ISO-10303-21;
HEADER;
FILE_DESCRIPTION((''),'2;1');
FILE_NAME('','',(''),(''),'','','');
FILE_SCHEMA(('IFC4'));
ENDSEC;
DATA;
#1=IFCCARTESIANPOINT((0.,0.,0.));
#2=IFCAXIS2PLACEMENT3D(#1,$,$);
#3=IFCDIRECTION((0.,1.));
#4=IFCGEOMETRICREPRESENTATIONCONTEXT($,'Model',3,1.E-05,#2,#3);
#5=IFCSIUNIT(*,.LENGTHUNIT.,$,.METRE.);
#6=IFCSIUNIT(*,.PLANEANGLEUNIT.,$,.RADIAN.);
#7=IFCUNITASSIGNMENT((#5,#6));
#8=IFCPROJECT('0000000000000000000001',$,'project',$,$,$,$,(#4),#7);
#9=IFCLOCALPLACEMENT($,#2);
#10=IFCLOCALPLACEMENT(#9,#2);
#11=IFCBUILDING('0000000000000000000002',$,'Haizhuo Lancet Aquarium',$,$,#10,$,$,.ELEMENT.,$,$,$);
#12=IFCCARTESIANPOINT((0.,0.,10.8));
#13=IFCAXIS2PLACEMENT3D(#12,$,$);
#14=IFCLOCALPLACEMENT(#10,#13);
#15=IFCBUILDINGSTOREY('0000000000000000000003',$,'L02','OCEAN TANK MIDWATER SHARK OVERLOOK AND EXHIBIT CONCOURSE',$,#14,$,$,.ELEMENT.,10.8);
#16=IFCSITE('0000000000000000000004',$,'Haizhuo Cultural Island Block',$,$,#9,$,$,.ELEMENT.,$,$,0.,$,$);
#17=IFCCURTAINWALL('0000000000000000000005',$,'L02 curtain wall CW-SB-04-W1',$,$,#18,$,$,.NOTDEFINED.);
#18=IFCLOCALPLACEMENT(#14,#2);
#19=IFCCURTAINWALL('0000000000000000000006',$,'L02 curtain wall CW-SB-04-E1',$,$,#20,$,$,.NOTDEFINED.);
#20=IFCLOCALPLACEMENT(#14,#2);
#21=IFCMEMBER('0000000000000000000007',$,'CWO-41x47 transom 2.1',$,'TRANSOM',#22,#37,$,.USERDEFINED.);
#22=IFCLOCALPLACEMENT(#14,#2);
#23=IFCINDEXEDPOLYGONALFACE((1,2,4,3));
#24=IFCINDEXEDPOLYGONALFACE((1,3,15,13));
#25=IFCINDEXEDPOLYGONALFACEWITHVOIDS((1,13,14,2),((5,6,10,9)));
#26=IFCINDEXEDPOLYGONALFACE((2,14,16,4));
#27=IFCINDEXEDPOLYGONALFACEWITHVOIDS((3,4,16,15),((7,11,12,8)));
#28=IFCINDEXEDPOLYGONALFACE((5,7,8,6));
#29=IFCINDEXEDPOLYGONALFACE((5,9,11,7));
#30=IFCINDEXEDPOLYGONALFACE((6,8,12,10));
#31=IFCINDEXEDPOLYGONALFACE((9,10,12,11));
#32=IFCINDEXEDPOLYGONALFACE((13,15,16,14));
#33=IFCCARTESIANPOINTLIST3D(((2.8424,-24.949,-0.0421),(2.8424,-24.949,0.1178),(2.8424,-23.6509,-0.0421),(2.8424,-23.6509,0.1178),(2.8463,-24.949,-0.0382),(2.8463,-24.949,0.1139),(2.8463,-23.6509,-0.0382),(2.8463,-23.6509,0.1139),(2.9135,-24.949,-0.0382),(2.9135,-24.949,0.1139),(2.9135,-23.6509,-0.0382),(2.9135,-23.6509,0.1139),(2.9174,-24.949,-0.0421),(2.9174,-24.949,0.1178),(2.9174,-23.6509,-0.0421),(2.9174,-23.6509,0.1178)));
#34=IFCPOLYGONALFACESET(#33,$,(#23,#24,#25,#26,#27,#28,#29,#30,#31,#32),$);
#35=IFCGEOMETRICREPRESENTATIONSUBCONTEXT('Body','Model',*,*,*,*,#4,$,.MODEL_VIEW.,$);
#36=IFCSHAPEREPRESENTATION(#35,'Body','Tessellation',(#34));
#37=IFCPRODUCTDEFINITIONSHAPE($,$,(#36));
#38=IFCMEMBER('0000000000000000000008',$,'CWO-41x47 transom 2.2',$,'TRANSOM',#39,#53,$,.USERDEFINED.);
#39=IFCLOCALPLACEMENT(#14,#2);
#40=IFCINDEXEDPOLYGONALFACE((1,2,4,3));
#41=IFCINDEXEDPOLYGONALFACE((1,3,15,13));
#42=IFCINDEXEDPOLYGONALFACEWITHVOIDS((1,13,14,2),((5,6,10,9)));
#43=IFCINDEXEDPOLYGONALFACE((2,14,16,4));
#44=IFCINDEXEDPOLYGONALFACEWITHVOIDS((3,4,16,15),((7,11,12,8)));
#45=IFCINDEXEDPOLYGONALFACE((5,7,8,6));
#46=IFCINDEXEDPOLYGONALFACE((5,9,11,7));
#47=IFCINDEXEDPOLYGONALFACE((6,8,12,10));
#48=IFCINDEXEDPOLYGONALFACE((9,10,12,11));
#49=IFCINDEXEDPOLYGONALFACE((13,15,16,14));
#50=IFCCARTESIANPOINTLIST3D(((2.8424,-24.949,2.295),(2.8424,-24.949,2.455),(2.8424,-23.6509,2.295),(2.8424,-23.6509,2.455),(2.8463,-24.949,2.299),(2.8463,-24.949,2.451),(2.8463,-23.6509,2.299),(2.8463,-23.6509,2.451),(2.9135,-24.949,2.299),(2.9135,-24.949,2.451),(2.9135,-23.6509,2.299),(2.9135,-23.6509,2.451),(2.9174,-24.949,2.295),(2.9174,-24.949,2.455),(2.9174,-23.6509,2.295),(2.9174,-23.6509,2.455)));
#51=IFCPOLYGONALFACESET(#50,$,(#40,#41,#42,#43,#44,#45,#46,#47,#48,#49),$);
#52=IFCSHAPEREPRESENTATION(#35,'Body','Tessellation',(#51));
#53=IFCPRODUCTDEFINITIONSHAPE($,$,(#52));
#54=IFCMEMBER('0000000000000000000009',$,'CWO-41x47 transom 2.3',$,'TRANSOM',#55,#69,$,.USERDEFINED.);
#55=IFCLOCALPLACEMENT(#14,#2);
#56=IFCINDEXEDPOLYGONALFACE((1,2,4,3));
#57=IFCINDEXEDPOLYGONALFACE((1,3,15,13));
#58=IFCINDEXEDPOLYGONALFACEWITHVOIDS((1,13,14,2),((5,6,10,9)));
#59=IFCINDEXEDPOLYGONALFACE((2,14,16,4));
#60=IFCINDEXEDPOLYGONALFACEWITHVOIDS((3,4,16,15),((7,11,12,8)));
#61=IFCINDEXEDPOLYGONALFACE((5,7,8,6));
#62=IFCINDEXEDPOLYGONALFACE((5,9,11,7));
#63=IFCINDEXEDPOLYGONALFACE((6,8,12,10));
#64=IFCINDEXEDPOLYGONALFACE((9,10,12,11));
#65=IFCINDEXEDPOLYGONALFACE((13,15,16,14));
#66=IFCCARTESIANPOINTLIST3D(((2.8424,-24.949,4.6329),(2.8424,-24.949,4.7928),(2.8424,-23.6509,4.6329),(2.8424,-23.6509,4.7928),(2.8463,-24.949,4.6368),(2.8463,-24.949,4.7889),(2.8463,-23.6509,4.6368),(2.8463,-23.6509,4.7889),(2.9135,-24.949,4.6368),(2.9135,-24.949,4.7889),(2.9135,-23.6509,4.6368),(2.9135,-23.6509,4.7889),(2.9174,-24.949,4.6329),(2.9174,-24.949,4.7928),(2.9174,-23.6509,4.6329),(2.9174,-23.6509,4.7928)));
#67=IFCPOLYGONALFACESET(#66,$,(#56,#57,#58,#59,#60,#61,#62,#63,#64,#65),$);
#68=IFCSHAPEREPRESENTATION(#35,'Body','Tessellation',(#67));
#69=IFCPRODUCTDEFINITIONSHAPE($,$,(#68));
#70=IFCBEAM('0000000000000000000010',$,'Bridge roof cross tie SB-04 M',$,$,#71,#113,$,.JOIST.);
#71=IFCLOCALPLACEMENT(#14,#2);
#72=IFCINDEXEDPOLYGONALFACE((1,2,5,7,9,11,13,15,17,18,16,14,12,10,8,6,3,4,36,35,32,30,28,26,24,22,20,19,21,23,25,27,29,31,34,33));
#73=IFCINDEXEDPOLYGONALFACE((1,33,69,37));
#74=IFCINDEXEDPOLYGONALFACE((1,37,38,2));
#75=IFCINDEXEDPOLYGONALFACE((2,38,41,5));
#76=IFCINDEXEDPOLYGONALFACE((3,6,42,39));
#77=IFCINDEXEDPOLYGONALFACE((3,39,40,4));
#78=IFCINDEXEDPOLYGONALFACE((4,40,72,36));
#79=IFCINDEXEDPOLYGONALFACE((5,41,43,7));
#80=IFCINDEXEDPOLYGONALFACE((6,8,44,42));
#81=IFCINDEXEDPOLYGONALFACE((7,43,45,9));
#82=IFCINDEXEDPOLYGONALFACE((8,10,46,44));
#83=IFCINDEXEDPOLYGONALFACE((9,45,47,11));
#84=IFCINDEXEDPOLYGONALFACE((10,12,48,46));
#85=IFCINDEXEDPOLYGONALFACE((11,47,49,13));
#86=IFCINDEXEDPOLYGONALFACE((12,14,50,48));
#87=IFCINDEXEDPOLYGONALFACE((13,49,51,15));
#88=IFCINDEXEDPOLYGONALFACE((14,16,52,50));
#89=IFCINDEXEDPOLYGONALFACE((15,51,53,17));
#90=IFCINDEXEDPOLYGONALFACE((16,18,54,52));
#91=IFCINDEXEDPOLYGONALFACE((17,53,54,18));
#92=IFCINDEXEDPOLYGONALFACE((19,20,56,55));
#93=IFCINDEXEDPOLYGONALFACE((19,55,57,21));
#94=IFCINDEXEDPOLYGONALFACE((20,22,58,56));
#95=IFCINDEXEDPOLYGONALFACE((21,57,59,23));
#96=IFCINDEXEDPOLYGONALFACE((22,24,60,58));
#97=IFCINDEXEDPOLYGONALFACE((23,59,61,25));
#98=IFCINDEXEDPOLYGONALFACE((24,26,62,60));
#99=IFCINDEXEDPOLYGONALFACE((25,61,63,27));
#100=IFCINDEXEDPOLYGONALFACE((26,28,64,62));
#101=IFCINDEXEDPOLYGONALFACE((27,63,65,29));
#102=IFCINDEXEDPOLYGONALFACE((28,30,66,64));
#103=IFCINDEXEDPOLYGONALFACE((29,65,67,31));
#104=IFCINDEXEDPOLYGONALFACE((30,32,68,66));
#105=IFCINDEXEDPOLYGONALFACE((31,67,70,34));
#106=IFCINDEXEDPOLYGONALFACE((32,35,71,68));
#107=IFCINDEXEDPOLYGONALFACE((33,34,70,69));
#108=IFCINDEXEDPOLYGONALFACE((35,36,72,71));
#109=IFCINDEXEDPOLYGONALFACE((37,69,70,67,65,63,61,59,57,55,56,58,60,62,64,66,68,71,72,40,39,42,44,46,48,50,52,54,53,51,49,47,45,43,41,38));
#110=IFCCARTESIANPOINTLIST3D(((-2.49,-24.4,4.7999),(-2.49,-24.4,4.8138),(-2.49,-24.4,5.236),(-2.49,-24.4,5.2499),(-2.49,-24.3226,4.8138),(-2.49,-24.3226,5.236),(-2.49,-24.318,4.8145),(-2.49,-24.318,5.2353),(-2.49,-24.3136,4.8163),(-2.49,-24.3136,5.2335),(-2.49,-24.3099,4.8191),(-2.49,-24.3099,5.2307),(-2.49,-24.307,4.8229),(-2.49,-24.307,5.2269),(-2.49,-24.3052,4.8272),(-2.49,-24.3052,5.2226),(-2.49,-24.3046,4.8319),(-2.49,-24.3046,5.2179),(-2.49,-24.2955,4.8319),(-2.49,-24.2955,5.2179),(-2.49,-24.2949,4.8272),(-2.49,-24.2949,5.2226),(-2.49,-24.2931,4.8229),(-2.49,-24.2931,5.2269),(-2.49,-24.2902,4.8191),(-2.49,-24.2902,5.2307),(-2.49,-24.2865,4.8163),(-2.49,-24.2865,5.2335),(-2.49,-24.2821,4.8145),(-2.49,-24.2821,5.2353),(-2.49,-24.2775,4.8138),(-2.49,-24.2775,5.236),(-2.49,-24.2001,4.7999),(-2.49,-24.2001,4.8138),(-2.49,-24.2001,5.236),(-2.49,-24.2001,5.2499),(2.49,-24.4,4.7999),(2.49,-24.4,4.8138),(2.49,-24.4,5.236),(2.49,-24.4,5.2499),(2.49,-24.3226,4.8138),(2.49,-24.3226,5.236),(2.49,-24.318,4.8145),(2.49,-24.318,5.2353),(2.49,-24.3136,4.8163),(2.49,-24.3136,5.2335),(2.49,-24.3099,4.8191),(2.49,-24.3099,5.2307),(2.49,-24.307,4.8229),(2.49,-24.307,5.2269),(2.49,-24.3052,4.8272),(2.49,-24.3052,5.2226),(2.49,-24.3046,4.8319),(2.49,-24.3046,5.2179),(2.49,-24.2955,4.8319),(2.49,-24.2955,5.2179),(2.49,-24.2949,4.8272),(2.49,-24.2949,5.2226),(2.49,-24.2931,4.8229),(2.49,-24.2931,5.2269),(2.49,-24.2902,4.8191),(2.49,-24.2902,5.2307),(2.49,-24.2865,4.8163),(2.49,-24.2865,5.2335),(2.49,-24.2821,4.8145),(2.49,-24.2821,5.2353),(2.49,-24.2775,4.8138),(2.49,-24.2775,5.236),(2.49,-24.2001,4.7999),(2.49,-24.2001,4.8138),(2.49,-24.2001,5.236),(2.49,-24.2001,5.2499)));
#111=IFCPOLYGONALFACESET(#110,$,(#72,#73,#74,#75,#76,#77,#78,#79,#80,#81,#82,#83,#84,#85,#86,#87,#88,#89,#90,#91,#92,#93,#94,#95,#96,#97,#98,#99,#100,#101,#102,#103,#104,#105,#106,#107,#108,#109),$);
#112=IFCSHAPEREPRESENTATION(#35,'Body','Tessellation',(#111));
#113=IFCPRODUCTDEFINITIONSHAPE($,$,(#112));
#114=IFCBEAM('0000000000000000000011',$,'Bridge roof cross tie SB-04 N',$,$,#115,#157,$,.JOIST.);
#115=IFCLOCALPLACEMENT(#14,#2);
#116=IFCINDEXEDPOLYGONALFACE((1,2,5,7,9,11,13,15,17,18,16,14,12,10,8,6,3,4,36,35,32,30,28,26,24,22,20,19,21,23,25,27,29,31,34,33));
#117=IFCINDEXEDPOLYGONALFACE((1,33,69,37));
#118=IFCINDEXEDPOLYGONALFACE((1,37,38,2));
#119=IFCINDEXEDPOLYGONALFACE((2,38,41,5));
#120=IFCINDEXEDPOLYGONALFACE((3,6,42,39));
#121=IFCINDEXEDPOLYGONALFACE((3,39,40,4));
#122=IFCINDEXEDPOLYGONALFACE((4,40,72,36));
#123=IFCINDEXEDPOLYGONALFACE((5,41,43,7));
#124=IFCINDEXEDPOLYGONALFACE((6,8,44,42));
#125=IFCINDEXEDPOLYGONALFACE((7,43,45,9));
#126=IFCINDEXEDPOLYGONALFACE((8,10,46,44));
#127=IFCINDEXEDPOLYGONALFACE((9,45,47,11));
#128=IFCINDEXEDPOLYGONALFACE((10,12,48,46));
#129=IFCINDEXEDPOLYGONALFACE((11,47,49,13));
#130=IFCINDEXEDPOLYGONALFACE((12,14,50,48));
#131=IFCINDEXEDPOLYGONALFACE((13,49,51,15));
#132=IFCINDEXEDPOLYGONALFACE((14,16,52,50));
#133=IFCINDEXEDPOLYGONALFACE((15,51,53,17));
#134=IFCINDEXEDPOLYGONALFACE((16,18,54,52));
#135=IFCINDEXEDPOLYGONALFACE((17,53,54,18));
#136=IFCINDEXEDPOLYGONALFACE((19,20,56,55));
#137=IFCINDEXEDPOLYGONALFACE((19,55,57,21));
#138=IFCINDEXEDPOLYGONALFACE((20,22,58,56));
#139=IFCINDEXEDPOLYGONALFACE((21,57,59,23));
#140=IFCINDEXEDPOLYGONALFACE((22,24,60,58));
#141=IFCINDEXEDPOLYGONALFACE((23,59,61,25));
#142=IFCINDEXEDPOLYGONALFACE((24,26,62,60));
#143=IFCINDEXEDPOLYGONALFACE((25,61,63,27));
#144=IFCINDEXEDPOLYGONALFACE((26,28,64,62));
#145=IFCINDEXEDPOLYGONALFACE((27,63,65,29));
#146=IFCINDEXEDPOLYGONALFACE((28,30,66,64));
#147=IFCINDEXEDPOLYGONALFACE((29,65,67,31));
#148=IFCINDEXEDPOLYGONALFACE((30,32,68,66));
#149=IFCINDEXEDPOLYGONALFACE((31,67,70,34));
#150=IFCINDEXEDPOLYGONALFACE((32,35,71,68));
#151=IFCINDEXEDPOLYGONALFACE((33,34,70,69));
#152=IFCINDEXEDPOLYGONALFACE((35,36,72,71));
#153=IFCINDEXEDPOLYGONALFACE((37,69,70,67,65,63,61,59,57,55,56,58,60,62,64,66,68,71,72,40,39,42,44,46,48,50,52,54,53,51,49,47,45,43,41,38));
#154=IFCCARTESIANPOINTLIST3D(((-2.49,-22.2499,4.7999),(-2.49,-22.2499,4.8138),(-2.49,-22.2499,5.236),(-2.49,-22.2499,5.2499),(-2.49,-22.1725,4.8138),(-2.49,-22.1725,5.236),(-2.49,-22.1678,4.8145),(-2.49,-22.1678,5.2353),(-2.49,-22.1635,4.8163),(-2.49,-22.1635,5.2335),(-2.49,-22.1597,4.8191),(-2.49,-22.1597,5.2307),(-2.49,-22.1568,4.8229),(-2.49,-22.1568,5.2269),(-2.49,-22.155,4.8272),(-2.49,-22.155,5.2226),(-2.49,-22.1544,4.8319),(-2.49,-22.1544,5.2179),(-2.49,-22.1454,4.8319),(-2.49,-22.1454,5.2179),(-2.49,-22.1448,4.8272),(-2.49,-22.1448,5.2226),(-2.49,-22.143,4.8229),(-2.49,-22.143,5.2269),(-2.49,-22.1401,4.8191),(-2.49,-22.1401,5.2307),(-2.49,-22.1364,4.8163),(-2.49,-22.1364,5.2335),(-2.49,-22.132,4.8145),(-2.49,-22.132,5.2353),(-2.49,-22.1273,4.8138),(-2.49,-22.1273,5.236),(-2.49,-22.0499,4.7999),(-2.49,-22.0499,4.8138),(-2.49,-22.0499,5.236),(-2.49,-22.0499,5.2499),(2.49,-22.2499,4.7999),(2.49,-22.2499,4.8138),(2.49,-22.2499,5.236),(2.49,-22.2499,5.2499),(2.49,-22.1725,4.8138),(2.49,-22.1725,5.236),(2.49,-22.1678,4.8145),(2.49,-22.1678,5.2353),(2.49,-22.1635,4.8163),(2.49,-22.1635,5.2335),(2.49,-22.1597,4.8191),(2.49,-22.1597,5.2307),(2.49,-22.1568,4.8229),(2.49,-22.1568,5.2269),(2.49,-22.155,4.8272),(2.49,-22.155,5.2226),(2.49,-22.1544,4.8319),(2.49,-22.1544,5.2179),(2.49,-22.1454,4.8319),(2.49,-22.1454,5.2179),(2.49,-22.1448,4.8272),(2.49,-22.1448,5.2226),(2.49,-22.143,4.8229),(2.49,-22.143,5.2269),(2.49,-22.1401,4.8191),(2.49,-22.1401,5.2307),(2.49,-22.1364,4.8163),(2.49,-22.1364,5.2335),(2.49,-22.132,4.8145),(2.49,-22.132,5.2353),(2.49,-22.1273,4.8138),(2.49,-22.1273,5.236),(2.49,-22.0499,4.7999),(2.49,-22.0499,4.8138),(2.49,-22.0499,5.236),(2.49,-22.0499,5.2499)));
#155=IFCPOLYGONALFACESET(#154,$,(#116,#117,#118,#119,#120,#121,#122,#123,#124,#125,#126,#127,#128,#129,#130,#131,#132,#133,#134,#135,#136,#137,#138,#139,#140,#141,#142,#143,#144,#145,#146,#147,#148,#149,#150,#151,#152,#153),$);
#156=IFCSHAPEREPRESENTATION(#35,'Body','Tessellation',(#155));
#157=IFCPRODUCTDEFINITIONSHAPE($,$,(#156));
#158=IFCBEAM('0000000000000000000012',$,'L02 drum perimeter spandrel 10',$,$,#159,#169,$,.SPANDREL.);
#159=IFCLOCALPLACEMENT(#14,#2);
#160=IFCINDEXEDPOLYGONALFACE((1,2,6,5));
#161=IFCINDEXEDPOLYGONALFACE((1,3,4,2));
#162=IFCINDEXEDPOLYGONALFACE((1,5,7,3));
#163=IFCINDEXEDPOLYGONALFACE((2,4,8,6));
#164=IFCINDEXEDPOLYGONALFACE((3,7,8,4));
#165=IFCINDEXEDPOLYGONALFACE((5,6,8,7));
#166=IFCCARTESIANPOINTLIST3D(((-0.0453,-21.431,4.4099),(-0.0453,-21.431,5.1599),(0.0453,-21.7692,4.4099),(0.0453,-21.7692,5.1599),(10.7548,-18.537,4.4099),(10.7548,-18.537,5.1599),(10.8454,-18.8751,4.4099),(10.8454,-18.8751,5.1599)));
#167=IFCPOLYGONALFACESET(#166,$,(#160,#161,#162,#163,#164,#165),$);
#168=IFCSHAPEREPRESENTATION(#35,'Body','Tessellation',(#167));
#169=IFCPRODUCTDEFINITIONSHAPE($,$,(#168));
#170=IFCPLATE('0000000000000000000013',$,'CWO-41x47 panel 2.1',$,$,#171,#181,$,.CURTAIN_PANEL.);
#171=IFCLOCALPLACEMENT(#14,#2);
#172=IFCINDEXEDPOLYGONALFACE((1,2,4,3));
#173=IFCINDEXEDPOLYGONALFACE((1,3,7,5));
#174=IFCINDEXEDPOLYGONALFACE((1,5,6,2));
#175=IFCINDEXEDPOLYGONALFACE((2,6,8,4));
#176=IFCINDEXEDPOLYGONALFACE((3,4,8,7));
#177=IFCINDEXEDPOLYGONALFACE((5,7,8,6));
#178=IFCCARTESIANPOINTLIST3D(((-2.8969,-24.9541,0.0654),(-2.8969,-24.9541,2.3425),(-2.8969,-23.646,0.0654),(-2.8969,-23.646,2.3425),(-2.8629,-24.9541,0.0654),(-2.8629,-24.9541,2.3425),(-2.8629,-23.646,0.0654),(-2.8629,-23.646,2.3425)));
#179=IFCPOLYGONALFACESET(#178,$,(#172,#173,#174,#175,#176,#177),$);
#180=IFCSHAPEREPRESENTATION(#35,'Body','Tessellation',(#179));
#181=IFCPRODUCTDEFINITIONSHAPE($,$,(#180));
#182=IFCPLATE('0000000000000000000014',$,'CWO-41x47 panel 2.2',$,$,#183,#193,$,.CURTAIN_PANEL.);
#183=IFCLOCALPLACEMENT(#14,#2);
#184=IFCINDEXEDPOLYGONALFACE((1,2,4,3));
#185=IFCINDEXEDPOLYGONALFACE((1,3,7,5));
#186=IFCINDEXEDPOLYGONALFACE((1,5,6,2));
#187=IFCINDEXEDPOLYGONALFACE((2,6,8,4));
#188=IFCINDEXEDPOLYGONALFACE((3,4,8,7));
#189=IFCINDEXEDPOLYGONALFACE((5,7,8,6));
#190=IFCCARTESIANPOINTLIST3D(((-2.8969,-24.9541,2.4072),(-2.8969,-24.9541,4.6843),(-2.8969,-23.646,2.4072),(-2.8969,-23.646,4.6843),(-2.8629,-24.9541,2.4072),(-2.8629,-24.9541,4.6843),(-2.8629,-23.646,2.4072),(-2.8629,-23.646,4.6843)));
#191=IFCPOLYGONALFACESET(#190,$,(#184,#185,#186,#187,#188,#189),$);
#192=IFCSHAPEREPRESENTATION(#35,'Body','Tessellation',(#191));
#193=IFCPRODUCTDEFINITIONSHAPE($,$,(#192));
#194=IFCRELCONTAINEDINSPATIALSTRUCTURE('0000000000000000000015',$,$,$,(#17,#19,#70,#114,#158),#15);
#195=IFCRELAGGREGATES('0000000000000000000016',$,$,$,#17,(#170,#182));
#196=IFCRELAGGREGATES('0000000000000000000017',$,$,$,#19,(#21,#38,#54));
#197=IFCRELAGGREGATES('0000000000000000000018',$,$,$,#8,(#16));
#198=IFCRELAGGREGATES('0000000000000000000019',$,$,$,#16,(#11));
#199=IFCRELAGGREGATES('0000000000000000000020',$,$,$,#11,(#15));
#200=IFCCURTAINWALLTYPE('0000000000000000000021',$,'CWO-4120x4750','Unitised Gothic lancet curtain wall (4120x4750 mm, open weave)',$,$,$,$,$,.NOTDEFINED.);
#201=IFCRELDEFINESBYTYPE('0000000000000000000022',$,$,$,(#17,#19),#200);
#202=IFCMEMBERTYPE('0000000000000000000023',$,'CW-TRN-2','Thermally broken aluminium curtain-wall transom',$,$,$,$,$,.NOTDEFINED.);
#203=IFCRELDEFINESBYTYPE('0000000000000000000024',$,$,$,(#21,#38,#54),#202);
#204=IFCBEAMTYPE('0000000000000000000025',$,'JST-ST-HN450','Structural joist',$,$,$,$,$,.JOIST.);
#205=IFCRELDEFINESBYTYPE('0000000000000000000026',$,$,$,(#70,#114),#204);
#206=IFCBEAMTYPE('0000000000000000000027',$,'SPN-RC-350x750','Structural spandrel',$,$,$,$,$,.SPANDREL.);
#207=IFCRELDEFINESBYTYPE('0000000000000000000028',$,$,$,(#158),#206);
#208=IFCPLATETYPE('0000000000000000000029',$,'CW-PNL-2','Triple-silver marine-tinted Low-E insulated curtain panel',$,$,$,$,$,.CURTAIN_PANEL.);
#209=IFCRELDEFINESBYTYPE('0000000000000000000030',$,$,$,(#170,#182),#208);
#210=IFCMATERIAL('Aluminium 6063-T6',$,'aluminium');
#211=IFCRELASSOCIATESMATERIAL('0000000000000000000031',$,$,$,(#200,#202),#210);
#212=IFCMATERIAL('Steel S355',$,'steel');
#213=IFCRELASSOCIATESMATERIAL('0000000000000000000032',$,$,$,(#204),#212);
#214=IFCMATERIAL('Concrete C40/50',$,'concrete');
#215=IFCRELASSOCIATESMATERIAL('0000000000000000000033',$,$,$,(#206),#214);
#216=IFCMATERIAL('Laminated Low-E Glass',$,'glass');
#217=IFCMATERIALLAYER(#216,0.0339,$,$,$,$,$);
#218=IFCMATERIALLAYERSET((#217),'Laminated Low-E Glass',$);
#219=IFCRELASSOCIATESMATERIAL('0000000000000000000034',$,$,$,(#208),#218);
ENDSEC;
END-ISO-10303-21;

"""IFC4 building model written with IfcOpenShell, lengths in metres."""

from ifc_helpers import new_model, si_unit, direction, frame, origin, origin_2d, place, context, subcontext, project, spatial, rectangle, hollow_rectangle, i_section, extrude, material, layer, layer_set, material_profile, profile_set, type_object, element, aggregate, save


model = new_model("IFC4")

# Units and contexts
model_context = context("Model", 3, precision=1e-05, world=origin(), true_north=direction((0.0, 1.0)))
body_context = subcontext(model_context, "Body", "Model", "MODEL_VIEW")
ifc_project = project(units=[si_unit("LENGTHUNIT", "METRE"), si_unit("PLANEANGLEUNIT", "RADIAN")], contexts=[model_context])

# Site, building, storey
site_placement = place(None, origin())
site = spatial("IfcSite", under=ifc_project, at=site_placement, Name="Haizhuo Cultural Island Block", CompositionType="ELEMENT", RefElevation=0.0)
building_placement = place(site_placement, origin())
building = spatial("IfcBuilding", under=site, at=building_placement, Name="Haizhuo Lancet Aquarium", CompositionType="ELEMENT")
storey_placement = place(building_placement, frame((0.0, 0.0, 10.8)))
storey = spatial("IfcBuildingStorey", under=building, at=storey_placement, Name="L02", Description="OCEAN TANK MIDWATER SHARK OVERLOOK AND EXHIBIT CONCOURSE", CompositionType="ELEMENT", Elevation=10.8)

# Curtain walls, members
ifc_material_1 = material(Name="Aluminium 6063-T6", Category="aluminium")
curtain_wall_type = type_object("IfcCurtainWallType", Name="CWO-4120x4750", Description="Unitised Gothic lancet curtain wall (4120x4750 mm, open weave)", PredefinedType="NOTDEFINED", material=ifc_material_1)
curtain_wall_1_placement = place(storey_placement, origin())
curtain_wall_1 = element("IfcCurtainWall", 1, at=curtain_wall_1_placement, inside=storey, type_object=curtain_wall_type, Name="L02 curtain wall CW-SB-04-W1", PredefinedType="NOTDEFINED")
curtain_wall_2_placement = place(storey_placement, origin())
curtain_wall_2 = element("IfcCurtainWall", 2, at=curtain_wall_2_placement, inside=storey, type_object=curtain_wall_type, Name="L02 curtain wall CW-SB-04-E1", PredefinedType="NOTDEFINED")
ifc_material_profile_1 = material_profile(ifc_material_1, hollow_rectangle(XDim=0.075, YDim=0.1599, WallThickness=0.0039, at=origin_2d()), Name="ALU-T 75x160x4")
ifc_profile_set_1 = profile_set([ifc_material_profile_1], Name="Aluminium 6063-T6")
member_type_1 = type_object("IfcMemberType", Name="CW-TRN-2", Description="Thermally broken aluminium curtain-wall transom", PredefinedType="NOTDEFINED", material=ifc_profile_set_1)
member_1_placement = place(storey_placement, frame((2.8799, -23.6509, 0.0378), z_axis=(0.0, -1.0, 0.0), x_axis=(1.0, 0.0, 0.0)))
member_1 = element("IfcMember", 3, at=member_1_placement, type_object=member_type_1, Name="CWO-41x47 transom 2.1", ObjectType="TRANSOM", PredefinedType="USERDEFINED", context=body_context, shape_type="SweptSolid", body=[
    extrude(hollow_rectangle(XDim=0.075, YDim=0.1599, WallThickness=0.0039, at=origin_2d()), origin(), (0.0, 0.0, 1.0), 1.2981),
])
member_2_placement = place(storey_placement, frame((2.8799, -23.6509, 2.375), z_axis=(0.0, -1.0, 0.0), x_axis=(1.0, 0.0, 0.0)))
member_2 = element("IfcMember", 4, at=member_2_placement, type_object=member_type_1, Name="CWO-41x47 transom 2.2", ObjectType="TRANSOM", PredefinedType="USERDEFINED", context=body_context, shape_type="SweptSolid", body=[
    extrude(hollow_rectangle(XDim=0.075, YDim=0.1599, WallThickness=0.0039, at=origin_2d()), origin(), (0.0, 0.0, 1.0), 1.2981),
])
member_3_placement = place(storey_placement, frame((2.8799, -23.6509, 4.7129), z_axis=(0.0, -1.0, 0.0), x_axis=(1.0, 0.0, 0.0)))
member_3 = element("IfcMember", 5, at=member_3_placement, type_object=member_type_1, Name="CWO-41x47 transom 2.3", ObjectType="TRANSOM", PredefinedType="USERDEFINED", context=body_context, shape_type="SweptSolid", body=[
    extrude(hollow_rectangle(XDim=0.075, YDim=0.1599, WallThickness=0.0039, at=origin_2d()), origin(), (0.0, 0.0, 1.0), 1.2981),
])

# Beams
ifc_material_2 = material(Name="Steel S355", Category="steel")
ifc_material_profile_2 = material_profile(ifc_material_2, i_section(OverallWidth=0.2, OverallDepth=0.45, WebThickness=0.009, FlangeThickness=0.0139, FilletRadius=0.0181, at=origin_2d()), Name="HN 450x200x9x14")
ifc_profile_set_2 = profile_set([ifc_material_profile_2], Name="Steel S355")
beam_type_1 = type_object("IfcBeamType", Name="JST-ST-HN450", Description="Structural joist", PredefinedType="JOIST", material=ifc_profile_set_2)
for number, where, z_axis, x_axis, name in (
    (6, (-2.49, -24.3, 5.0249), (1.0, 0.0, 0.0), (0.0, 1.0, 0.0), "Bridge roof cross tie SB-04 M"),
    (7, (-2.49, -22.1499, 5.0249), (1.0, 0.0, 0.0), (0.0, 1.0, 0.0), "Bridge roof cross tie SB-04 N"),
):
    element("IfcBeam", number, at=place(storey_placement, frame(where, z_axis=z_axis, x_axis=x_axis)), inside=storey, type_object=beam_type_1, Name=name, PredefinedType="JOIST", context=body_context, shape_type="SweptSolid", body=[
        extrude(i_section(OverallWidth=0.2, OverallDepth=0.45, WebThickness=0.009, FlangeThickness=0.0139, FilletRadius=0.0181, at=origin_2d()), origin(), (0.0, 0.0, 1.0), 4.98),
    ])
ifc_material_3 = material(Name="Concrete C40/50", Category="concrete")
ifc_material_profile_3 = material_profile(ifc_material_3, rectangle(XDim=0.3501, YDim=0.75, at=origin_2d()), Name="RC-SP 350x750")
ifc_profile_set_3 = profile_set([ifc_material_profile_3], Name="Concrete C40/50")
beam_type_2 = type_object("IfcBeamType", Name="SPN-RC-350x750", Description="Structural spandrel", PredefinedType="SPANDREL", material=ifc_profile_set_3)
beam_placement = place(storey_placement, frame((0.0, -21.6001, 4.7849), z_axis=(0.965922, 0.258834, 0.0), x_axis=(-0.258834, 0.965922, 0.0)))
element("IfcBeam", 8, at=beam_placement, inside=storey, type_object=beam_type_2, Name="L02 drum perimeter spandrel 10", PredefinedType="SPANDREL", context=body_context, shape_type="SweptSolid", body=[
    extrude(rectangle(XDim=0.3501, YDim=0.75, at=origin_2d()), origin(), (0.0, 0.0, 1.0), 11.1812),
])

# Plates
ifc_material_4 = material(Name="Laminated Low-E Glass", Category="glass")
ifc_layer_1 = layer(ifc_material_4, 0.0339)
ifc_layer_set_1 = layer_set([ifc_layer_1], Name="Laminated Low-E Glass")
plate_type_1 = type_object("IfcPlateType", Name="CW-PNL-2", Description="Triple-silver marine-tinted Low-E insulated curtain panel", PredefinedType="CURTAIN_PANEL", material=ifc_layer_set_1)
plate_1_placement = place(storey_placement, frame((-2.8799, -24.3, 0.0654), z_axis=(0.0, 0.0, 1.0), x_axis=(0.0, 1.0, 0.0)))
plate_1 = element("IfcPlate", 9, at=plate_1_placement, type_object=plate_type_1, Name="CWO-41x47 panel 2.1", PredefinedType="CURTAIN_PANEL", context=body_context, shape_type="SweptSolid", body=[
    extrude(rectangle(XDim=1.3081, YDim=0.0339, at=origin_2d()), origin(), (0.0, 0.0, 1.0), 2.2771),
])
plate_2_placement = place(storey_placement, frame((-2.8799, -24.3, 2.4072), z_axis=(0.0, 0.0, 1.0), x_axis=(0.0, 1.0, 0.0)))
plate_2 = element("IfcPlate", 10, at=plate_2_placement, type_object=plate_type_1, Name="CWO-41x47 panel 2.2", PredefinedType="CURTAIN_PANEL", context=body_context, shape_type="SweptSolid", body=[
    extrude(rectangle(XDim=1.3081, YDim=0.0339, at=origin_2d()), origin(), (0.0, 0.0, 1.0), 2.2771),
])
aggregate(curtain_wall_1, [plate_1, plate_2])
aggregate(curtain_wall_2, [member_1, member_2, member_3])

save(model, "model.ifc")
